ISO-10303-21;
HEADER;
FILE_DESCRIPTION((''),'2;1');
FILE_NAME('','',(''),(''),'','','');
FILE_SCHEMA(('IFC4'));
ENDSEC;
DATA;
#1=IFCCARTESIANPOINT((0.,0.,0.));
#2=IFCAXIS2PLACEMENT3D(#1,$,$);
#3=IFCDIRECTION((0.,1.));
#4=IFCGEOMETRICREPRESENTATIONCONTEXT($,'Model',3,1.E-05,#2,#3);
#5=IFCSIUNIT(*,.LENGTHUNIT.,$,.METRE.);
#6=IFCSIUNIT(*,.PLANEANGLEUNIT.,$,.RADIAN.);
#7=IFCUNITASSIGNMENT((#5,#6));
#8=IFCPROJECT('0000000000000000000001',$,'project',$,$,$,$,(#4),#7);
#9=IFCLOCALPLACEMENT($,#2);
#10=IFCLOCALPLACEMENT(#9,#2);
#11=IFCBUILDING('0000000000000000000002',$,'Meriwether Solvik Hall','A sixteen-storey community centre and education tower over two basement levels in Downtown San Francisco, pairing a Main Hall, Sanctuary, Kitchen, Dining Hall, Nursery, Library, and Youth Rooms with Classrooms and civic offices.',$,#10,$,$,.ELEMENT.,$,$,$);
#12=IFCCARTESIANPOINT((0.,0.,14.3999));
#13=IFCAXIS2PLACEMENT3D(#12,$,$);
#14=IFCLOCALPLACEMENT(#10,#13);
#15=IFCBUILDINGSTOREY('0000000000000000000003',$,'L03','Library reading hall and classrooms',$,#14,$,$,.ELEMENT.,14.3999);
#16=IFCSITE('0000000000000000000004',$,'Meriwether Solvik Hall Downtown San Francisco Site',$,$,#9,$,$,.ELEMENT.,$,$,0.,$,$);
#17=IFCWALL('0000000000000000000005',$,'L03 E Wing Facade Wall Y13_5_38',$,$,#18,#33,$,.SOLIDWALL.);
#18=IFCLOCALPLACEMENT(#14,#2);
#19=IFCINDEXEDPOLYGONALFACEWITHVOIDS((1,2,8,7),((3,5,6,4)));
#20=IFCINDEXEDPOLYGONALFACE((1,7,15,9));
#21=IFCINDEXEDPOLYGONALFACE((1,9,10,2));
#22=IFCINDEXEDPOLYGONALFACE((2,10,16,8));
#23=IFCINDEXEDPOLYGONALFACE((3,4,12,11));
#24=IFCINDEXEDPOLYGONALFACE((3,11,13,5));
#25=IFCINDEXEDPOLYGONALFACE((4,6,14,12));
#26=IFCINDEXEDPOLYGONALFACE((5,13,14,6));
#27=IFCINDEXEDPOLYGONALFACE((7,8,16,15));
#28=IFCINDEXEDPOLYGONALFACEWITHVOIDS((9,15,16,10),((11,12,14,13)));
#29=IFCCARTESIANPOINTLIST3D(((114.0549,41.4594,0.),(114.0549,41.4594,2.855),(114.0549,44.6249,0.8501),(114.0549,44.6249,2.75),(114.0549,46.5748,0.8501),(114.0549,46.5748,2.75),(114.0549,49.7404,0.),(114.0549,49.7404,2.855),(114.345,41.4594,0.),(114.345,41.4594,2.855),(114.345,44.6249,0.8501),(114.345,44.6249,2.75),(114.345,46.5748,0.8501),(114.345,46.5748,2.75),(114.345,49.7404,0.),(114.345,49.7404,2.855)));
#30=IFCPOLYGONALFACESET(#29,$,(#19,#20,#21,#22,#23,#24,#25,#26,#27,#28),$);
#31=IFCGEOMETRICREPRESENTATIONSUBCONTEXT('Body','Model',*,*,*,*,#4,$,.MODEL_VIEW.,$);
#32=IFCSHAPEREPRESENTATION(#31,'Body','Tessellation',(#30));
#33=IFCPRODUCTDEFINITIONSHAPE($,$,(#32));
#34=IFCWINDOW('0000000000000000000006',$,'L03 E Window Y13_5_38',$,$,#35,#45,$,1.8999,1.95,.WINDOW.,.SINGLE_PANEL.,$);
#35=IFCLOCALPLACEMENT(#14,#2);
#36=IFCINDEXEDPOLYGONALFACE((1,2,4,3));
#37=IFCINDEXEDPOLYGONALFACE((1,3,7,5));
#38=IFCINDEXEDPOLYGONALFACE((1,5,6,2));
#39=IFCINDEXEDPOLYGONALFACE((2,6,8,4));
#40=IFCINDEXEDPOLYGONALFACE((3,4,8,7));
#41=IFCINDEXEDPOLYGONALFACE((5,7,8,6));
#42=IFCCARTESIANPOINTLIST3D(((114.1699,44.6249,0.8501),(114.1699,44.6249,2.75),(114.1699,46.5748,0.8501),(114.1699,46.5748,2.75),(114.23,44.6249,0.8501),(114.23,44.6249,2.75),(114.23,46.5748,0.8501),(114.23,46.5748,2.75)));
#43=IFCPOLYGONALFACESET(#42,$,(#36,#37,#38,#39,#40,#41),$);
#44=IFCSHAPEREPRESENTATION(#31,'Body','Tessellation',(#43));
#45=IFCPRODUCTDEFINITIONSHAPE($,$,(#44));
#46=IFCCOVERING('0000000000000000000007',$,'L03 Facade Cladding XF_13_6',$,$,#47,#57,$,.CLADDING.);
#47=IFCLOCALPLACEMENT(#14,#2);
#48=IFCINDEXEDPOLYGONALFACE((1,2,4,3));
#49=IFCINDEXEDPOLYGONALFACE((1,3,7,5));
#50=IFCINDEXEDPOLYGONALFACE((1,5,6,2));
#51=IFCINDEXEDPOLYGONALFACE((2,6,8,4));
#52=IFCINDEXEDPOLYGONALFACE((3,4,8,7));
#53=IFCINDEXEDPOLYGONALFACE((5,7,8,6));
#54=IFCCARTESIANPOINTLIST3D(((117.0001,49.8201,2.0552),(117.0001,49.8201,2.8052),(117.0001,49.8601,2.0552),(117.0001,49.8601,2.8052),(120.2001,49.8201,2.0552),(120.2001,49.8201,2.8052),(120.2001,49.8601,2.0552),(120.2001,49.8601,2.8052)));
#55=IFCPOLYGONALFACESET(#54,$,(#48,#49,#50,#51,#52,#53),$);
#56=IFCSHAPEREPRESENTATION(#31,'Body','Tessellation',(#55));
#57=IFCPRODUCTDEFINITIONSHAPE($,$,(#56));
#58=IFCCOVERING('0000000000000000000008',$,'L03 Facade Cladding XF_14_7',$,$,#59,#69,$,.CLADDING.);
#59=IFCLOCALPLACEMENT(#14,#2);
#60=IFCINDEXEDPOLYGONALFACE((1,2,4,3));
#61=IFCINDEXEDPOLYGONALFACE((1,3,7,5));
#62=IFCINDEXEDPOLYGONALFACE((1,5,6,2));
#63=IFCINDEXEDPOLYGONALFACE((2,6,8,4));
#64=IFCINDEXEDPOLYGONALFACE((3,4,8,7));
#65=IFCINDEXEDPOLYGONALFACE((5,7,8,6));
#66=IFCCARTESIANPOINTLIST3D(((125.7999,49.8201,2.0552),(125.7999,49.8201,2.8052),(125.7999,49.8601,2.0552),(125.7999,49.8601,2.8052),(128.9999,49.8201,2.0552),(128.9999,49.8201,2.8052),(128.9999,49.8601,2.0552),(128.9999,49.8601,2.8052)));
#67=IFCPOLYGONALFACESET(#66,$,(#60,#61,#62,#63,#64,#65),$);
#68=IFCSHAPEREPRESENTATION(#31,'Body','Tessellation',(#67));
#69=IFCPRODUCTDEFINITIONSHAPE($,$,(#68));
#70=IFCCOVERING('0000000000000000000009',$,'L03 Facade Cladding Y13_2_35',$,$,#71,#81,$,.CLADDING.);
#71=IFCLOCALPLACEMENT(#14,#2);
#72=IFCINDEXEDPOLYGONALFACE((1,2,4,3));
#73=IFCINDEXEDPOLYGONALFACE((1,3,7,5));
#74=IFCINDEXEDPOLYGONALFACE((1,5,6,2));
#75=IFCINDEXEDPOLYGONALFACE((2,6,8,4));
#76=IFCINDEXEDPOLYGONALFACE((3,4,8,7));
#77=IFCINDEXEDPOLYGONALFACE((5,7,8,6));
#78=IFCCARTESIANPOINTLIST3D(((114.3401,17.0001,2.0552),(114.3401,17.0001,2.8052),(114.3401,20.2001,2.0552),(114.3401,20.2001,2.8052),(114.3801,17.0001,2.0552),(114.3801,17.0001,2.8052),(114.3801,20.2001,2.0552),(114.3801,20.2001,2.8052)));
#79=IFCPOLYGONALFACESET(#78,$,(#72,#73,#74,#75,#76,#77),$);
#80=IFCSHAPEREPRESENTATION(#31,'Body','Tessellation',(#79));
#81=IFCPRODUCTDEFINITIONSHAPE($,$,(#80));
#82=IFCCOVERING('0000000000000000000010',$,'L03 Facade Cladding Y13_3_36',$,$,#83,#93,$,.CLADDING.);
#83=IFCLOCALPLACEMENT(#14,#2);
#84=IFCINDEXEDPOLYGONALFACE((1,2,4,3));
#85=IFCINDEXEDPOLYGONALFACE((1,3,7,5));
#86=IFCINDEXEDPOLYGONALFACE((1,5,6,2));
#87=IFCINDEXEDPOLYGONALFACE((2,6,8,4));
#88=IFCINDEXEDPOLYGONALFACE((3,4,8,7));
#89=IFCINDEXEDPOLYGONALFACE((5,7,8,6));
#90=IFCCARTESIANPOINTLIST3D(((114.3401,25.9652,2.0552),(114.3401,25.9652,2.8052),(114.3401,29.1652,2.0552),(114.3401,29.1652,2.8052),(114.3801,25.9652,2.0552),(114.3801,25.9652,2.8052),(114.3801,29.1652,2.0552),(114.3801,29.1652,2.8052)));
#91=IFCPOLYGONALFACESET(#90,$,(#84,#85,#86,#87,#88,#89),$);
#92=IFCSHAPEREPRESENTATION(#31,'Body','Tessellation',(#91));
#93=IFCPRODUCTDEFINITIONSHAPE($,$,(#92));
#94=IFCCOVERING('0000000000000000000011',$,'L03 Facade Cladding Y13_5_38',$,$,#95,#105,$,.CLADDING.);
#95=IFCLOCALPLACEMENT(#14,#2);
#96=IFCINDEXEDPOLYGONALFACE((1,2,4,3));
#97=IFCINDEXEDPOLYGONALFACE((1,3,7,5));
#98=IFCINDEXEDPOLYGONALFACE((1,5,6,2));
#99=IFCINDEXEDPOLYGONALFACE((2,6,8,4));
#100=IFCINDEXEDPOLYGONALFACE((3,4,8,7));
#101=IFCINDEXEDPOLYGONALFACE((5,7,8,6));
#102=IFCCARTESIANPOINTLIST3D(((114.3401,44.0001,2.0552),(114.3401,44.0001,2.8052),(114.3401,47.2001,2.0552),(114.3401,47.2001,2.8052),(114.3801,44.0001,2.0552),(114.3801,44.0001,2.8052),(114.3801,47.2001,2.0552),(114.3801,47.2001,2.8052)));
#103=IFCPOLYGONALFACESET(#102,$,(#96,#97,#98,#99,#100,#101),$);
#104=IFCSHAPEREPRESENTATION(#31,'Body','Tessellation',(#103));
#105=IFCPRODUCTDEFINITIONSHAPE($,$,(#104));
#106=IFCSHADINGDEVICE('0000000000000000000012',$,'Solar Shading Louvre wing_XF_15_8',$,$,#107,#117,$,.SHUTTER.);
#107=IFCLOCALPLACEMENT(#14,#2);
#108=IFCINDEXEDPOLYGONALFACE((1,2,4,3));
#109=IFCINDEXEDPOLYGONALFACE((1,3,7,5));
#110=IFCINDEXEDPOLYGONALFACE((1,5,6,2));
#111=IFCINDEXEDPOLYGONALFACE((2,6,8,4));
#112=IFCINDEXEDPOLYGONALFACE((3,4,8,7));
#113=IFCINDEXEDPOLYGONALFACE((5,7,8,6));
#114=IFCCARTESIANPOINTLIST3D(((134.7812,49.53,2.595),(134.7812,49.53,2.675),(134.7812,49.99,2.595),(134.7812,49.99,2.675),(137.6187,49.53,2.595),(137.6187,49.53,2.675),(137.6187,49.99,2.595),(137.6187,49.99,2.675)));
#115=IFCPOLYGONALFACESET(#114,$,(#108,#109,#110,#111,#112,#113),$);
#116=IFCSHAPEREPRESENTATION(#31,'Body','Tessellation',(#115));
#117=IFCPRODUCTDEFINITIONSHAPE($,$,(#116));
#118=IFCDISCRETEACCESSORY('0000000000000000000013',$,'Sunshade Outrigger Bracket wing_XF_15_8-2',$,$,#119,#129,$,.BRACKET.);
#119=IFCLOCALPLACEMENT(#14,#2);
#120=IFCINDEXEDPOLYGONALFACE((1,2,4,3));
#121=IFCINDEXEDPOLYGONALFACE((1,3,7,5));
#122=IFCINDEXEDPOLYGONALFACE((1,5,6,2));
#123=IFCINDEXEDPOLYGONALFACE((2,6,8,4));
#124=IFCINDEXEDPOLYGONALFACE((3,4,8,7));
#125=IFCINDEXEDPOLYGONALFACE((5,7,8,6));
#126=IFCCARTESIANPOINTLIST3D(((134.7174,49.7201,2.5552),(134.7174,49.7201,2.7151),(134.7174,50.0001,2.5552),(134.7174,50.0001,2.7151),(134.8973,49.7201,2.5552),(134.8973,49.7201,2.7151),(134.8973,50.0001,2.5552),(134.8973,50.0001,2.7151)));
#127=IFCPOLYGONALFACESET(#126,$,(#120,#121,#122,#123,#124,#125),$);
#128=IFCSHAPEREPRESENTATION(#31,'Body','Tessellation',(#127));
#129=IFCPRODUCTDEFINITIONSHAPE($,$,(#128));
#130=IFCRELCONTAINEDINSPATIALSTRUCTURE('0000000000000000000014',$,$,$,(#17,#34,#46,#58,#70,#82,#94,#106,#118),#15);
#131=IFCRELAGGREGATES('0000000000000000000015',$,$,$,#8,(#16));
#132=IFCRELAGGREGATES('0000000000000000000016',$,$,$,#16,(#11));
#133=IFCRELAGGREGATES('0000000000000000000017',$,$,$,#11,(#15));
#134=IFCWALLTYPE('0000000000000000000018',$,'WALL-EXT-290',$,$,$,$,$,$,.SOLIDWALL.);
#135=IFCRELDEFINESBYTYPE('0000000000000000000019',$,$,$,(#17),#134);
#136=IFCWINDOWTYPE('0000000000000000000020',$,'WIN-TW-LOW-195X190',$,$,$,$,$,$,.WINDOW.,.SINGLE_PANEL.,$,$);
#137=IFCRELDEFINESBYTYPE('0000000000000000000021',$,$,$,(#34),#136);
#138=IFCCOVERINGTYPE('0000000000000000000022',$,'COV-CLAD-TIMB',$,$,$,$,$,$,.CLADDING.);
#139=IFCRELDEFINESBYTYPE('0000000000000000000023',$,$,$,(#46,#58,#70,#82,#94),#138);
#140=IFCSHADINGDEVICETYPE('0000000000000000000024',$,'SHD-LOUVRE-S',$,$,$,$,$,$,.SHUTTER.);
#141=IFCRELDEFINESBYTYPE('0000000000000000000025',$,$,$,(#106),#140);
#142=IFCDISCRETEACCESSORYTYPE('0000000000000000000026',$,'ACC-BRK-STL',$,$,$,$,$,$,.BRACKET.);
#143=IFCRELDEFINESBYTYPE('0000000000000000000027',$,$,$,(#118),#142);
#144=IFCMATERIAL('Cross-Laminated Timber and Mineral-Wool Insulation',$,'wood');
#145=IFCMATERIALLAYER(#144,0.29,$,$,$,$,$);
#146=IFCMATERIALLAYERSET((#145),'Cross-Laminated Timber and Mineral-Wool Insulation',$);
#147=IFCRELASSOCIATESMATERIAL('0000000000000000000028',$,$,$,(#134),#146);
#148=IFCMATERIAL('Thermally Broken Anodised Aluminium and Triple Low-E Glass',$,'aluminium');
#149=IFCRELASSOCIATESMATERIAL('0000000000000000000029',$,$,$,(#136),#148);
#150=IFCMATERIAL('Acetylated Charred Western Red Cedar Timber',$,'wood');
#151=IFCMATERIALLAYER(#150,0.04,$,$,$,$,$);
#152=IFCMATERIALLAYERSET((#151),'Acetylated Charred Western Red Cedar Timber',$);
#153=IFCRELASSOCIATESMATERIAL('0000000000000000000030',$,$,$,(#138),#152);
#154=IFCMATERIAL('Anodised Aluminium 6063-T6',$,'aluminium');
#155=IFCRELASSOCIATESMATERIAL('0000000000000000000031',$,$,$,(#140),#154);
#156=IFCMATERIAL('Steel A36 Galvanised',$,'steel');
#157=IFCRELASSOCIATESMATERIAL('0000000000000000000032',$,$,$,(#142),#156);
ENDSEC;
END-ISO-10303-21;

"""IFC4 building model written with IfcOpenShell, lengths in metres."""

from ifc_helpers import new_model, si_unit, direction, frame, frame_2d, origin, origin_2d, place, context, subcontext, project, spatial, rectangle, extrude, material, layer, layer_set, type_object, element, fill, save


model = new_model("IFC4")

# Units and contexts
model_context = context("Model", 3, precision=1e-05, world=origin(), true_north=direction((0.0, 1.0)))
body_context = subcontext(model_context, "Body", "Model", "MODEL_VIEW")
ifc_project = project(units=[si_unit("LENGTHUNIT", "METRE"), si_unit("PLANEANGLEUNIT", "RADIAN")], contexts=[model_context])

# Site, building, storey
site_placement = place(None, origin())
site = spatial("IfcSite", under=ifc_project, at=site_placement, Name="Meriwether Solvik Hall Downtown San Francisco Site", CompositionType="ELEMENT", RefElevation=0.0)
building_placement = place(site_placement, origin())
building = spatial("IfcBuilding", under=site, at=building_placement, Name="Meriwether Solvik Hall", Description="A sixteen-storey community centre and education tower over two basement levels in Downtown San Francisco, pairing a Main Hall, Sanctuary, Kitchen, Dining Hall, Nursery, Library, and Youth Rooms with Classrooms and civic offices.", CompositionType="ELEMENT")
storey_placement = place(building_placement, frame((0.0, 0.0, 14.3999)))
storey = spatial("IfcBuildingStorey", under=building, at=storey_placement, Name="L03", Description="Library reading hall and classrooms", CompositionType="ELEMENT", Elevation=14.3999)

# Wall, opening, window
ifc_material_1 = material(Name="Cross-Laminated Timber and Mineral-Wool Insulation", Category="wood")
ifc_layer_1 = layer(ifc_material_1, 0.29)
ifc_layer_set_1 = layer_set([ifc_layer_1], Name="Cross-Laminated Timber and Mineral-Wool Insulation")
wall_type = type_object("IfcWallType", Name="WALL-EXT-290", PredefinedType="SOLIDWALL", material=ifc_layer_set_1)
wall_placement = place(storey_placement, frame((114.2, 49.7405, 0.0), z_axis=(0.0, 0.0, 1.0), x_axis=(0.0, -1.0, 0.0)))
wall = element("IfcWall", 1, at=wall_placement, inside=storey, type_object=wall_type, Name="L03 E Wing Facade Wall Y13_5_38", PredefinedType="SOLIDWALL", context=body_context, shape_type="SweptSolid", body=[
    extrude(rectangle(XDim=8.281, YDim=0.29, at=frame_2d((4.1406, 0.0))), origin(), (0.0, 0.0, 1.0), 2.855),
])
opening_placement = place(wall_placement, frame((3.1655, 0.0, 0.8501)))
opening = element("IfcOpeningElement", 2, at=opening_placement, cuts=wall, PredefinedType="OPENING", context=body_context, shape_type="SweptSolid", body=[
    extrude(rectangle(XDim=1.95, YDim=1.8999, at=frame_2d((0.9751, 0.95))), frame((0.0, 0.157, 0.0), z_axis=(0.0, -1.0, 0.0), x_axis=(1.0, 0.0, 0.0)), (0.0, 0.0, 1.0), 0.314),
])
ifc_material_2 = material(Name="Thermally Broken Anodised Aluminium and Triple Low-E Glass", Category="aluminium")
window_type = type_object("IfcWindowType", Name="WIN-TW-LOW-195X190", PartitioningType="SINGLE_PANEL", PredefinedType="WINDOW", material=ifc_material_2)
window_placement = place(opening_placement, origin())
window = element("IfcWindow", 3, at=window_placement, inside=storey, type_object=window_type, Name="L03 E Window Y13_5_38", OverallHeight=1.8999, OverallWidth=1.95, PartitioningType="SINGLE_PANEL", PredefinedType="WINDOW", context=body_context, shape_type="SweptSolid", body=[
    extrude(rectangle(XDim=1.95, YDim=1.8999, at=frame_2d((0.9751, 0.95))), frame((0.0, 0.03, 0.0), z_axis=(0.0, -1.0, 0.0), x_axis=(1.0, 0.0, 0.0)), (0.0, 0.0, 1.0), 0.0601),
])
fill(opening, window)

# Coverings
ifc_material_3 = material(Name="Acetylated Charred Western Red Cedar Timber", Category="wood")
ifc_layer_2 = layer(ifc_material_3, 0.04)
ifc_layer_set_2 = layer_set([ifc_layer_2], Name="Acetylated Charred Western Red Cedar Timber")
covering_type = type_object("IfcCoveringType", Name="COV-CLAD-TIMB", PredefinedType="CLADDING", material=ifc_layer_set_2)
for number, where, z_axis, x_axis, name in (
    (4, (118.6001, 49.8401, 2.0552), (0.0, 0.0, 1.0), (-1.0, 0.0, 0.0), "L03 Facade Cladding XF_13_6"),
    (5, (127.3999, 49.8401, 2.0552), (0.0, 0.0, 1.0), (-1.0, 0.0, 0.0), "L03 Facade Cladding XF_14_7"),
    (6, (114.3601, 18.6001, 2.0552), (0.0, 0.0, 1.0), (0.0, -1.0, 0.0), "L03 Facade Cladding Y13_2_35"),
    (7, (114.3601, 27.5652, 2.0552), (0.0, 0.0, 1.0), (0.0, -1.0, 0.0), "L03 Facade Cladding Y13_3_36"),
    (8, (114.3601, 45.6001, 2.0552), (0.0, 0.0, 1.0), (0.0, -1.0, 0.0), "L03 Facade Cladding Y13_5_38"),
):
    element("IfcCovering", number, at=place(storey_placement, frame(where, z_axis=z_axis, x_axis=x_axis)), inside=storey, type_object=covering_type, Name=name, PredefinedType="CLADDING", context=body_context, shape_type="SweptSolid", body=[
        extrude(rectangle(XDim=3.2, YDim=0.04, at=origin_2d()), origin(), (0.0, 0.0, 1.0), 0.75),
    ])

# Shading device
ifc_material_4 = material(Name="Anodised Aluminium 6063-T6", Category="aluminium")
shading_device_type = type_object("IfcShadingDeviceType", Name="SHD-LOUVRE-S", PredefinedType="SHUTTER", material=ifc_material_4)
shading_device_placement = place(storey_placement, frame((136.2, 49.76, 2.595), z_axis=(0.0, 0.0, 1.0), x_axis=(-1.0, 0.0, 0.0)))
element("IfcShadingDevice", 9, at=shading_device_placement, inside=storey, type_object=shading_device_type, Name="Solar Shading Louvre wing_XF_15_8", PredefinedType="SHUTTER", context=body_context, shape_type="SweptSolid", body=[
    extrude(rectangle(XDim=2.8374, YDim=0.46, at=origin_2d()), origin(), (0.0, 0.0, 1.0), 0.0801),
])

# Discrete accessory
ifc_material_5 = material(Name="Steel A36 Galvanised", Category="steel")
discrete_accessory_type = type_object("IfcDiscreteAccessoryType", Name="ACC-BRK-STL", PredefinedType="BRACKET", material=ifc_material_5)
discrete_accessory_placement = place(storey_placement, frame((134.8074, 49.8601, 2.5552), z_axis=(0.0, 0.0, 1.0), x_axis=(-1.0, 0.0, 0.0)))
element("IfcDiscreteAccessory", 10, at=discrete_accessory_placement, inside=storey, type_object=discrete_accessory_type, Name="Sunshade Outrigger Bracket wing_XF_15_8-2", PredefinedType="BRACKET", context=body_context, shape_type="SweptSolid", body=[
    extrude(rectangle(XDim=0.1799, YDim=0.28, at=origin_2d()), origin(), (0.0, 0.0, 1.0), 0.1599),
])

save(model, "model.ifc")
